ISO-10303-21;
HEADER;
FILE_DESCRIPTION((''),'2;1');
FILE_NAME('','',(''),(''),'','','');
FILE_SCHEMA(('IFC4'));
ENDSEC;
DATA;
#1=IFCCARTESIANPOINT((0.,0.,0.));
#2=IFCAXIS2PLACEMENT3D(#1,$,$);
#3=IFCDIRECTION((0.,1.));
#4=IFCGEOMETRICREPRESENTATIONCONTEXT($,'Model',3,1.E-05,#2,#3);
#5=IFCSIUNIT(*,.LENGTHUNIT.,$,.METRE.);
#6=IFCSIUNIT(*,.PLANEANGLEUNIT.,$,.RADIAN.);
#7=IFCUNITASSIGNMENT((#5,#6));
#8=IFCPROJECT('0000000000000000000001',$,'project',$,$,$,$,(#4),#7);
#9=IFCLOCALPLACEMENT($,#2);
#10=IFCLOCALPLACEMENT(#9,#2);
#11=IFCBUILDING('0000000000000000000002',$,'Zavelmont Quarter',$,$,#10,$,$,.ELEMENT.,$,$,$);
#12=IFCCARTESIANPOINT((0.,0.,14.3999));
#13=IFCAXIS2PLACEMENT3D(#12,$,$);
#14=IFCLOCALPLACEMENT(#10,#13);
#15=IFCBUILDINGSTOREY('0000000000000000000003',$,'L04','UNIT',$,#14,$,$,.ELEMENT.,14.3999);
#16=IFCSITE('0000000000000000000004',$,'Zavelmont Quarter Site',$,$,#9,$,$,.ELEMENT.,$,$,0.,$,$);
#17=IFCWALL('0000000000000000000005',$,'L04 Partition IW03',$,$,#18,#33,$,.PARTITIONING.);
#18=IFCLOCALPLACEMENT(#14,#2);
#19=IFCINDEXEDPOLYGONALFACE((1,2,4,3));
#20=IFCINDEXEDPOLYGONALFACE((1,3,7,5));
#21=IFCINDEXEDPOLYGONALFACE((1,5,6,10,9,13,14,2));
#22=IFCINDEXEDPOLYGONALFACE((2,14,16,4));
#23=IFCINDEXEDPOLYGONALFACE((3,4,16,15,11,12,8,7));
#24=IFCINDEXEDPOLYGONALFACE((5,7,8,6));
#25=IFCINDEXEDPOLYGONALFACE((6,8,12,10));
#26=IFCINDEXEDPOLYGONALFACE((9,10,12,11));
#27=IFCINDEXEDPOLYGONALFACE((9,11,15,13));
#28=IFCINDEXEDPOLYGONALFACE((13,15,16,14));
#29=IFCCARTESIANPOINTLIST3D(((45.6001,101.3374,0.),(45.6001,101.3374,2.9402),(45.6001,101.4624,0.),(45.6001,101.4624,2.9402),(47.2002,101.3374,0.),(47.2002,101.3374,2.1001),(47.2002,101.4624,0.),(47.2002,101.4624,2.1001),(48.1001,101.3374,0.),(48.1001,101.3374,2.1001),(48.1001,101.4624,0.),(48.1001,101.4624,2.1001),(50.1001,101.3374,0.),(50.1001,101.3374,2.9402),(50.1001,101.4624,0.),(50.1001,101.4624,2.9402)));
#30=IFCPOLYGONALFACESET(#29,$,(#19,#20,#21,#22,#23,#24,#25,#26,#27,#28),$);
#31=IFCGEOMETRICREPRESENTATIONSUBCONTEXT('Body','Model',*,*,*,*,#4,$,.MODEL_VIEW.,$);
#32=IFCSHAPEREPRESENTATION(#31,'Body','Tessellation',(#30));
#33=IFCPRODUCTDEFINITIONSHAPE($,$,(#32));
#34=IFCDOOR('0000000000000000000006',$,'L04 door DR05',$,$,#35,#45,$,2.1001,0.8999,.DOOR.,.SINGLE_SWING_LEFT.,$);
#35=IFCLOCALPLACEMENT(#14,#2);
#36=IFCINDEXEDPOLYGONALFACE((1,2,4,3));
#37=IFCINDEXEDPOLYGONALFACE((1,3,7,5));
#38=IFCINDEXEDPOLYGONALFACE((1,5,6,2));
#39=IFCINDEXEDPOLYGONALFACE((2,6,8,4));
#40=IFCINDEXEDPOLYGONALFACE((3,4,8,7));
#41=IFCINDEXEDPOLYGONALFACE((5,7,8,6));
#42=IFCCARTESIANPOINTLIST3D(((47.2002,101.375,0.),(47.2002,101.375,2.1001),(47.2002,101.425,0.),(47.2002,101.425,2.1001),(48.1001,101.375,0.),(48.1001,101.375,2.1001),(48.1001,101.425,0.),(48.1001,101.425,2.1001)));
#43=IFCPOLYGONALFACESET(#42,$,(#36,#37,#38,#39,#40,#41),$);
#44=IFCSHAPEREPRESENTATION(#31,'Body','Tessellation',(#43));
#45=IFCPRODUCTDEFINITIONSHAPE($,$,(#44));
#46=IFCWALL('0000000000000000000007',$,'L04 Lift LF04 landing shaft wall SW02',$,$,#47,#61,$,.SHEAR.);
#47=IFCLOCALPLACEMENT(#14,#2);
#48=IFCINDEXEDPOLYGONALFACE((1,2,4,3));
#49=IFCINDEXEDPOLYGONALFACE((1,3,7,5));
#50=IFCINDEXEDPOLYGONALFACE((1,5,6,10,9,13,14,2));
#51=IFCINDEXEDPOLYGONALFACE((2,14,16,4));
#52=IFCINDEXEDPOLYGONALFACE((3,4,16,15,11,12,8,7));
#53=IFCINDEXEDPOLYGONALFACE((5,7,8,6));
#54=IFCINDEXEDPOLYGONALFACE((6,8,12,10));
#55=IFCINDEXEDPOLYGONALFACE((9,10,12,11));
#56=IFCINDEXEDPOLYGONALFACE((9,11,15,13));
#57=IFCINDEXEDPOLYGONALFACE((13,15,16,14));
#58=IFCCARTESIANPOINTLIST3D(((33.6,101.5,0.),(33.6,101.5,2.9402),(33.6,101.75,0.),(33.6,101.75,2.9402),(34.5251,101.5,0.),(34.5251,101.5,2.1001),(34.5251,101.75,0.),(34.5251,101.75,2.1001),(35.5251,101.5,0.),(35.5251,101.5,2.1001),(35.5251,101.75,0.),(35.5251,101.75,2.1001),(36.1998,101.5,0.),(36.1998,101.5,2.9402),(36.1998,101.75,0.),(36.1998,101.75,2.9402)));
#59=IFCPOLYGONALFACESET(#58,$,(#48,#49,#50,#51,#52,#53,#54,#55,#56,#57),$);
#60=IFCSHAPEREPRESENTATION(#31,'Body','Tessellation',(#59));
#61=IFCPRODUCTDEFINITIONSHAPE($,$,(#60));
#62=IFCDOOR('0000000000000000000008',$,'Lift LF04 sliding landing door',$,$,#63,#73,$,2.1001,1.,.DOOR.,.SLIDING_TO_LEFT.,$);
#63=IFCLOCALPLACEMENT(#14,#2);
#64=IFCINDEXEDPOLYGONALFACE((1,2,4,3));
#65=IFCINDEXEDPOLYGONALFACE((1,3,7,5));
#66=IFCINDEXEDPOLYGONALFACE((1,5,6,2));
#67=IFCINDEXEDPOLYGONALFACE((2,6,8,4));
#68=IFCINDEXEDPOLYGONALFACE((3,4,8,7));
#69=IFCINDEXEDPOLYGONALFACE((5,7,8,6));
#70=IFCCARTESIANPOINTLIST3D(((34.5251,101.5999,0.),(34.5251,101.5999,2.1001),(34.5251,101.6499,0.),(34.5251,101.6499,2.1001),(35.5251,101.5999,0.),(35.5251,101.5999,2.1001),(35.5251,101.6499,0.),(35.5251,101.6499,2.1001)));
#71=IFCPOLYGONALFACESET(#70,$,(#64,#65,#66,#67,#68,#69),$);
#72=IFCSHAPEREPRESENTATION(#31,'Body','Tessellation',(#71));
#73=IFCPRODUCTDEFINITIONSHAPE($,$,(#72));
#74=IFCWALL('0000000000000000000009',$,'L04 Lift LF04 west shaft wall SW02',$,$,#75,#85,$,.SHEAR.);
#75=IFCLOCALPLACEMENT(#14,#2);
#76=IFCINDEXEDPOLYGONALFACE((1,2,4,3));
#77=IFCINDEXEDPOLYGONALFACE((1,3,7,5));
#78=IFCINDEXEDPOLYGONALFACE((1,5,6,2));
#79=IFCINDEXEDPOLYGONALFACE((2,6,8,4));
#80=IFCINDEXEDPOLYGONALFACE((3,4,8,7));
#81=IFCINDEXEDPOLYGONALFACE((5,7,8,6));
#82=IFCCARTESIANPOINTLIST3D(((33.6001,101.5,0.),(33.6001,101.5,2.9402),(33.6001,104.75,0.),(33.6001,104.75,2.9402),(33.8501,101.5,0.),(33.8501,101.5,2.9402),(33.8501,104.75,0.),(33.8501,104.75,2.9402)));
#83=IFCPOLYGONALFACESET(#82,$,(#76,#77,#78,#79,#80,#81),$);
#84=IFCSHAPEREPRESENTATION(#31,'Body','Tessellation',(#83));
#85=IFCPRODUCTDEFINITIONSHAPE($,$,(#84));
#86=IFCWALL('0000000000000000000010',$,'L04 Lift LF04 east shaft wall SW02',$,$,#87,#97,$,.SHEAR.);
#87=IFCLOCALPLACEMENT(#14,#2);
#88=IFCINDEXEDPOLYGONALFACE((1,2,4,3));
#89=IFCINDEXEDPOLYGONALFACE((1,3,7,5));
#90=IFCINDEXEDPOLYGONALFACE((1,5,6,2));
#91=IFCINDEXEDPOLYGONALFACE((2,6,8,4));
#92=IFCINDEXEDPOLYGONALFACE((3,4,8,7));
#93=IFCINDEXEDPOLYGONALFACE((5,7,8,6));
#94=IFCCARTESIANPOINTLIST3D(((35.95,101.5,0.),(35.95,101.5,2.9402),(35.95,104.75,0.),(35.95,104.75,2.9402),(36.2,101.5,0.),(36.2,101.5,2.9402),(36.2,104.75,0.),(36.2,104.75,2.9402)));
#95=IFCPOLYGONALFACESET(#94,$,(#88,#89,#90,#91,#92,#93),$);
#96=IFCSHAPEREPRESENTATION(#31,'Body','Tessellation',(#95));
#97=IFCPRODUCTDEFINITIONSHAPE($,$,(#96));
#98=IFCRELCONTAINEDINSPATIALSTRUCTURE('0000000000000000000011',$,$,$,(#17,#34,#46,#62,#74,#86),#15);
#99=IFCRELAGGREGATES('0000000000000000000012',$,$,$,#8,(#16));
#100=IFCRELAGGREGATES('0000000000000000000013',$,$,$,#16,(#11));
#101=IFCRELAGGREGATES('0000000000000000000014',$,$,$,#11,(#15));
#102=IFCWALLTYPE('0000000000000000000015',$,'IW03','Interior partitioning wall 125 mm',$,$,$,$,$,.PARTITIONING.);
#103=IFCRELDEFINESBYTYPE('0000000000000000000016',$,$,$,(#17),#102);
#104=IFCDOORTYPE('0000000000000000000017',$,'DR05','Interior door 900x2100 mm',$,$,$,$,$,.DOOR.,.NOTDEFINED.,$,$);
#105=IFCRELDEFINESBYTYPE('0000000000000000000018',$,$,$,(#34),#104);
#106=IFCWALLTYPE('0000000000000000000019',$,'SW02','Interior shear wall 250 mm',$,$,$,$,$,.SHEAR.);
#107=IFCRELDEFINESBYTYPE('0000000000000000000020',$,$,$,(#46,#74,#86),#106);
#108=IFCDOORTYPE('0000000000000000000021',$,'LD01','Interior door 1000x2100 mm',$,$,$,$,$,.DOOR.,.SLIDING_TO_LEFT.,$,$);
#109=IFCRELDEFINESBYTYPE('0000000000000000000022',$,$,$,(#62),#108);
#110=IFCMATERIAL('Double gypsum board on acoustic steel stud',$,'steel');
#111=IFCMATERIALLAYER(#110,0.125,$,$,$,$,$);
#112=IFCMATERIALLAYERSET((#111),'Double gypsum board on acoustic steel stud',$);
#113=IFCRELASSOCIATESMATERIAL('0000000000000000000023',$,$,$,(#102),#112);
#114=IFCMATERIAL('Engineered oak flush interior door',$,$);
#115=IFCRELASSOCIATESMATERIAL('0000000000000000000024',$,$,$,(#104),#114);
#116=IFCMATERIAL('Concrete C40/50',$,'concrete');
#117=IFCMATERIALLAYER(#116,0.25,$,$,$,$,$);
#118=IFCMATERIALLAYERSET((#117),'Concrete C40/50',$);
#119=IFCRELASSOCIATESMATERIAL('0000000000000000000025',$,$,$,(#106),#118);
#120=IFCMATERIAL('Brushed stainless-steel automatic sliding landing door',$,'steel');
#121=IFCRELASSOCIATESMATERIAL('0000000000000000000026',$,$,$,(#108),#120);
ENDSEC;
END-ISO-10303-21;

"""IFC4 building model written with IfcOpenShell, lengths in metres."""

from ifc_helpers import new_model, si_unit, direction, frame, frame_2d, origin, origin_with_axes, place, context, subcontext, project, spatial, rectangle, extrude, material, layer, layer_set, type_object, element, fill, save


model = new_model("IFC4")

# Units and contexts
model_context = context("Model", 3, precision=1e-05, world=origin(), true_north=direction((0.0, 1.0)))
body_context = subcontext(model_context, "Body", "Model", "MODEL_VIEW")
ifc_project = project(units=[si_unit("LENGTHUNIT", "METRE"), si_unit("PLANEANGLEUNIT", "RADIAN")], contexts=[model_context])

# Site, building, storey
site_placement = place(None, origin())
site = spatial("IfcSite", under=ifc_project, at=site_placement, Name="Zavelmont Quarter Site", CompositionType="ELEMENT", RefElevation=0.0)
building_placement = place(site_placement, origin())
building = spatial("IfcBuilding", under=site, at=building_placement, Name="Zavelmont Quarter", CompositionType="ELEMENT")
storey_placement = place(building_placement, frame((0.0, 0.0, 14.3999)))
storey = spatial("IfcBuildingStorey", under=building, at=storey_placement, Name="L04", Description="UNIT", CompositionType="ELEMENT", Elevation=14.3999)

# Walls, openings, doors
ifc_material_1 = material(Name="Double gypsum board on acoustic steel stud", Category="steel")
ifc_layer_1 = layer(ifc_material_1, 0.125)
ifc_layer_set_1 = layer_set([ifc_layer_1], Name="Double gypsum board on acoustic steel stud")
wall_type_1 = type_object("IfcWallType", Name="IW03", Description="Interior partitioning wall 125 mm", PredefinedType="PARTITIONING", material=ifc_layer_set_1)
wall_1_placement = place(storey_placement, frame((45.6001, 101.3999, 0.0), z_axis=(0.0, 0.0, 1.0), x_axis=(1.0, 0.0, 0.0)))
wall_1 = element("IfcWall", 1, at=wall_1_placement, inside=storey, type_object=wall_type_1, Name="L04 Partition IW03", PredefinedType="PARTITIONING", context=body_context, shape_type="SweptSolid", body=[
    extrude(rectangle(XDim=4.5, YDim=0.125, at=frame_2d((2.25, 0.0))), origin(), (0.0, 0.0, 1.0), 2.9402),
])
opening_1_placement = place(wall_1_placement, frame((1.6001, 0.0, 0.0)))
opening_1 = element("IfcOpeningElement", 2, at=opening_1_placement, cuts=wall_1, PredefinedType="OPENING", context=body_context, shape_type="SweptSolid", body=[
    extrude(rectangle(XDim=0.8999, YDim=2.1001, at=frame_2d((0.45, 1.05))), frame((0.0, 0.0745, 0.0), z_axis=(0.0, -1.0, 0.0), x_axis=(1.0, 0.0, 0.0)), (0.0, 0.0, 1.0), 0.1489),
])
ifc_material_2 = material(Name="Engineered oak flush interior door")
door_type_1 = type_object("IfcDoorType", Name="DR05", Description="Interior door 900x2100 mm", OperationType="NOTDEFINED", PredefinedType="DOOR", material=ifc_material_2)
door_1_placement = place(opening_1_placement, frame((0.8999, 0.0, 0.0), z_axis=(0.0, 0.0, 1.0), x_axis=(-1.0, 0.0, 0.0)))
door_1 = element("IfcDoor", 3, at=door_1_placement, inside=storey, type_object=door_type_1, Name="L04 door DR05", OperationType="SINGLE_SWING_LEFT", OverallHeight=2.1001, OverallWidth=0.8999, PredefinedType="DOOR", context=body_context, shape_type="SweptSolid", body=[
    extrude(rectangle(XDim=0.8999, YDim=2.1001, at=frame_2d((0.45, 1.05))), frame((0.0, 0.0249, 0.0), z_axis=(0.0, -1.0, 0.0), x_axis=(1.0, 0.0, 0.0)), (0.0, 0.0, 1.0), 0.05),
])
fill(opening_1, door_1)
ifc_material_3 = material(Name="Concrete C40/50", Category="concrete")
ifc_layer_2 = layer(ifc_material_3, 0.25)
ifc_layer_set_2 = layer_set([ifc_layer_2], Name="Concrete C40/50")
wall_type_2 = type_object("IfcWallType", Name="SW02", Description="Interior shear wall 250 mm", PredefinedType="SHEAR", material=ifc_layer_set_2)
wall_2_placement = place(storey_placement, frame((33.6001, 101.625, 0.0), z_axis=(0.0, 0.0, 1.0), x_axis=(1.0, 0.0, 0.0)))
wall_2 = element("IfcWall", 4, at=wall_2_placement, inside=storey, type_object=wall_type_2, Name="L04 Lift LF04 landing shaft wall SW02", PredefinedType="SHEAR", context=body_context, shape_type="SweptSolid", body=[
    extrude(rectangle(XDim=2.5999, YDim=0.25, at=frame_2d((1.2998, 0.0))), origin(), (0.0, 0.0, 1.0), 2.9402),
])
opening_2_placement = place(wall_2_placement, frame((0.925, 0.0, 0.0)))
opening_2 = element("IfcOpeningElement", 5, at=opening_2_placement, cuts=wall_2, PredefinedType="OPENING", context=body_context, shape_type="SweptSolid", body=[
    extrude(rectangle(XDim=1.0, YDim=2.1001, at=frame_2d((0.5, 1.05))), frame((0.0, 0.137, 0.0), z_axis=(0.0, -1.0, 0.0), x_axis=(1.0, 0.0, 0.0)), (0.0, 0.0, 1.0), 0.2739),
])
ifc_material_4 = material(Name="Brushed stainless-steel automatic sliding landing door", Category="steel")
door_type_2 = type_object("IfcDoorType", Name="LD01", Description="Interior door 1000x2100 mm", OperationType="SLIDING_TO_LEFT", PredefinedType="DOOR", material=ifc_material_4)
door_2_placement = place(opening_2_placement, origin_with_axes())
door_2 = element("IfcDoor", 6, at=door_2_placement, inside=storey, type_object=door_type_2, Name="Lift LF04 sliding landing door", OperationType="SLIDING_TO_LEFT", OverallHeight=2.1001, OverallWidth=1.0, PredefinedType="DOOR", context=body_context, shape_type="SweptSolid", body=[
    extrude(rectangle(XDim=1.0, YDim=2.1001, at=frame_2d((0.5, 1.05))), frame((0.0, 0.0249, 0.0), z_axis=(0.0, -1.0, 0.0), x_axis=(1.0, 0.0, 0.0)), (0.0, 0.0, 1.0), 0.05),
])
fill(opening_2, door_2)

# Walls
for number, where, z_axis, x_axis, name in (
    (7, (33.7251, 101.5, 0.0), (0.0, 0.0, 1.0), (0.0, 1.0, 0.0), "L04 Lift LF04 west shaft wall SW02"),
    (8, (36.075, 101.5, 0.0), (0.0, 0.0, 1.0), (0.0, 1.0, 0.0), "L04 Lift LF04 east shaft wall SW02"),
):
    element("IfcWall", number, at=place(storey_placement, frame(where, z_axis=z_axis, x_axis=x_axis)), inside=storey, type_object=wall_type_2, Name=name, PredefinedType="SHEAR", context=body_context, shape_type="SweptSolid", body=[
        extrude(rectangle(XDim=3.25, YDim=0.25, at=frame_2d((1.625, 0.0))), origin(), (0.0, 0.0, 1.0), 2.9402),
    ])

save(model, "model.ifc")
